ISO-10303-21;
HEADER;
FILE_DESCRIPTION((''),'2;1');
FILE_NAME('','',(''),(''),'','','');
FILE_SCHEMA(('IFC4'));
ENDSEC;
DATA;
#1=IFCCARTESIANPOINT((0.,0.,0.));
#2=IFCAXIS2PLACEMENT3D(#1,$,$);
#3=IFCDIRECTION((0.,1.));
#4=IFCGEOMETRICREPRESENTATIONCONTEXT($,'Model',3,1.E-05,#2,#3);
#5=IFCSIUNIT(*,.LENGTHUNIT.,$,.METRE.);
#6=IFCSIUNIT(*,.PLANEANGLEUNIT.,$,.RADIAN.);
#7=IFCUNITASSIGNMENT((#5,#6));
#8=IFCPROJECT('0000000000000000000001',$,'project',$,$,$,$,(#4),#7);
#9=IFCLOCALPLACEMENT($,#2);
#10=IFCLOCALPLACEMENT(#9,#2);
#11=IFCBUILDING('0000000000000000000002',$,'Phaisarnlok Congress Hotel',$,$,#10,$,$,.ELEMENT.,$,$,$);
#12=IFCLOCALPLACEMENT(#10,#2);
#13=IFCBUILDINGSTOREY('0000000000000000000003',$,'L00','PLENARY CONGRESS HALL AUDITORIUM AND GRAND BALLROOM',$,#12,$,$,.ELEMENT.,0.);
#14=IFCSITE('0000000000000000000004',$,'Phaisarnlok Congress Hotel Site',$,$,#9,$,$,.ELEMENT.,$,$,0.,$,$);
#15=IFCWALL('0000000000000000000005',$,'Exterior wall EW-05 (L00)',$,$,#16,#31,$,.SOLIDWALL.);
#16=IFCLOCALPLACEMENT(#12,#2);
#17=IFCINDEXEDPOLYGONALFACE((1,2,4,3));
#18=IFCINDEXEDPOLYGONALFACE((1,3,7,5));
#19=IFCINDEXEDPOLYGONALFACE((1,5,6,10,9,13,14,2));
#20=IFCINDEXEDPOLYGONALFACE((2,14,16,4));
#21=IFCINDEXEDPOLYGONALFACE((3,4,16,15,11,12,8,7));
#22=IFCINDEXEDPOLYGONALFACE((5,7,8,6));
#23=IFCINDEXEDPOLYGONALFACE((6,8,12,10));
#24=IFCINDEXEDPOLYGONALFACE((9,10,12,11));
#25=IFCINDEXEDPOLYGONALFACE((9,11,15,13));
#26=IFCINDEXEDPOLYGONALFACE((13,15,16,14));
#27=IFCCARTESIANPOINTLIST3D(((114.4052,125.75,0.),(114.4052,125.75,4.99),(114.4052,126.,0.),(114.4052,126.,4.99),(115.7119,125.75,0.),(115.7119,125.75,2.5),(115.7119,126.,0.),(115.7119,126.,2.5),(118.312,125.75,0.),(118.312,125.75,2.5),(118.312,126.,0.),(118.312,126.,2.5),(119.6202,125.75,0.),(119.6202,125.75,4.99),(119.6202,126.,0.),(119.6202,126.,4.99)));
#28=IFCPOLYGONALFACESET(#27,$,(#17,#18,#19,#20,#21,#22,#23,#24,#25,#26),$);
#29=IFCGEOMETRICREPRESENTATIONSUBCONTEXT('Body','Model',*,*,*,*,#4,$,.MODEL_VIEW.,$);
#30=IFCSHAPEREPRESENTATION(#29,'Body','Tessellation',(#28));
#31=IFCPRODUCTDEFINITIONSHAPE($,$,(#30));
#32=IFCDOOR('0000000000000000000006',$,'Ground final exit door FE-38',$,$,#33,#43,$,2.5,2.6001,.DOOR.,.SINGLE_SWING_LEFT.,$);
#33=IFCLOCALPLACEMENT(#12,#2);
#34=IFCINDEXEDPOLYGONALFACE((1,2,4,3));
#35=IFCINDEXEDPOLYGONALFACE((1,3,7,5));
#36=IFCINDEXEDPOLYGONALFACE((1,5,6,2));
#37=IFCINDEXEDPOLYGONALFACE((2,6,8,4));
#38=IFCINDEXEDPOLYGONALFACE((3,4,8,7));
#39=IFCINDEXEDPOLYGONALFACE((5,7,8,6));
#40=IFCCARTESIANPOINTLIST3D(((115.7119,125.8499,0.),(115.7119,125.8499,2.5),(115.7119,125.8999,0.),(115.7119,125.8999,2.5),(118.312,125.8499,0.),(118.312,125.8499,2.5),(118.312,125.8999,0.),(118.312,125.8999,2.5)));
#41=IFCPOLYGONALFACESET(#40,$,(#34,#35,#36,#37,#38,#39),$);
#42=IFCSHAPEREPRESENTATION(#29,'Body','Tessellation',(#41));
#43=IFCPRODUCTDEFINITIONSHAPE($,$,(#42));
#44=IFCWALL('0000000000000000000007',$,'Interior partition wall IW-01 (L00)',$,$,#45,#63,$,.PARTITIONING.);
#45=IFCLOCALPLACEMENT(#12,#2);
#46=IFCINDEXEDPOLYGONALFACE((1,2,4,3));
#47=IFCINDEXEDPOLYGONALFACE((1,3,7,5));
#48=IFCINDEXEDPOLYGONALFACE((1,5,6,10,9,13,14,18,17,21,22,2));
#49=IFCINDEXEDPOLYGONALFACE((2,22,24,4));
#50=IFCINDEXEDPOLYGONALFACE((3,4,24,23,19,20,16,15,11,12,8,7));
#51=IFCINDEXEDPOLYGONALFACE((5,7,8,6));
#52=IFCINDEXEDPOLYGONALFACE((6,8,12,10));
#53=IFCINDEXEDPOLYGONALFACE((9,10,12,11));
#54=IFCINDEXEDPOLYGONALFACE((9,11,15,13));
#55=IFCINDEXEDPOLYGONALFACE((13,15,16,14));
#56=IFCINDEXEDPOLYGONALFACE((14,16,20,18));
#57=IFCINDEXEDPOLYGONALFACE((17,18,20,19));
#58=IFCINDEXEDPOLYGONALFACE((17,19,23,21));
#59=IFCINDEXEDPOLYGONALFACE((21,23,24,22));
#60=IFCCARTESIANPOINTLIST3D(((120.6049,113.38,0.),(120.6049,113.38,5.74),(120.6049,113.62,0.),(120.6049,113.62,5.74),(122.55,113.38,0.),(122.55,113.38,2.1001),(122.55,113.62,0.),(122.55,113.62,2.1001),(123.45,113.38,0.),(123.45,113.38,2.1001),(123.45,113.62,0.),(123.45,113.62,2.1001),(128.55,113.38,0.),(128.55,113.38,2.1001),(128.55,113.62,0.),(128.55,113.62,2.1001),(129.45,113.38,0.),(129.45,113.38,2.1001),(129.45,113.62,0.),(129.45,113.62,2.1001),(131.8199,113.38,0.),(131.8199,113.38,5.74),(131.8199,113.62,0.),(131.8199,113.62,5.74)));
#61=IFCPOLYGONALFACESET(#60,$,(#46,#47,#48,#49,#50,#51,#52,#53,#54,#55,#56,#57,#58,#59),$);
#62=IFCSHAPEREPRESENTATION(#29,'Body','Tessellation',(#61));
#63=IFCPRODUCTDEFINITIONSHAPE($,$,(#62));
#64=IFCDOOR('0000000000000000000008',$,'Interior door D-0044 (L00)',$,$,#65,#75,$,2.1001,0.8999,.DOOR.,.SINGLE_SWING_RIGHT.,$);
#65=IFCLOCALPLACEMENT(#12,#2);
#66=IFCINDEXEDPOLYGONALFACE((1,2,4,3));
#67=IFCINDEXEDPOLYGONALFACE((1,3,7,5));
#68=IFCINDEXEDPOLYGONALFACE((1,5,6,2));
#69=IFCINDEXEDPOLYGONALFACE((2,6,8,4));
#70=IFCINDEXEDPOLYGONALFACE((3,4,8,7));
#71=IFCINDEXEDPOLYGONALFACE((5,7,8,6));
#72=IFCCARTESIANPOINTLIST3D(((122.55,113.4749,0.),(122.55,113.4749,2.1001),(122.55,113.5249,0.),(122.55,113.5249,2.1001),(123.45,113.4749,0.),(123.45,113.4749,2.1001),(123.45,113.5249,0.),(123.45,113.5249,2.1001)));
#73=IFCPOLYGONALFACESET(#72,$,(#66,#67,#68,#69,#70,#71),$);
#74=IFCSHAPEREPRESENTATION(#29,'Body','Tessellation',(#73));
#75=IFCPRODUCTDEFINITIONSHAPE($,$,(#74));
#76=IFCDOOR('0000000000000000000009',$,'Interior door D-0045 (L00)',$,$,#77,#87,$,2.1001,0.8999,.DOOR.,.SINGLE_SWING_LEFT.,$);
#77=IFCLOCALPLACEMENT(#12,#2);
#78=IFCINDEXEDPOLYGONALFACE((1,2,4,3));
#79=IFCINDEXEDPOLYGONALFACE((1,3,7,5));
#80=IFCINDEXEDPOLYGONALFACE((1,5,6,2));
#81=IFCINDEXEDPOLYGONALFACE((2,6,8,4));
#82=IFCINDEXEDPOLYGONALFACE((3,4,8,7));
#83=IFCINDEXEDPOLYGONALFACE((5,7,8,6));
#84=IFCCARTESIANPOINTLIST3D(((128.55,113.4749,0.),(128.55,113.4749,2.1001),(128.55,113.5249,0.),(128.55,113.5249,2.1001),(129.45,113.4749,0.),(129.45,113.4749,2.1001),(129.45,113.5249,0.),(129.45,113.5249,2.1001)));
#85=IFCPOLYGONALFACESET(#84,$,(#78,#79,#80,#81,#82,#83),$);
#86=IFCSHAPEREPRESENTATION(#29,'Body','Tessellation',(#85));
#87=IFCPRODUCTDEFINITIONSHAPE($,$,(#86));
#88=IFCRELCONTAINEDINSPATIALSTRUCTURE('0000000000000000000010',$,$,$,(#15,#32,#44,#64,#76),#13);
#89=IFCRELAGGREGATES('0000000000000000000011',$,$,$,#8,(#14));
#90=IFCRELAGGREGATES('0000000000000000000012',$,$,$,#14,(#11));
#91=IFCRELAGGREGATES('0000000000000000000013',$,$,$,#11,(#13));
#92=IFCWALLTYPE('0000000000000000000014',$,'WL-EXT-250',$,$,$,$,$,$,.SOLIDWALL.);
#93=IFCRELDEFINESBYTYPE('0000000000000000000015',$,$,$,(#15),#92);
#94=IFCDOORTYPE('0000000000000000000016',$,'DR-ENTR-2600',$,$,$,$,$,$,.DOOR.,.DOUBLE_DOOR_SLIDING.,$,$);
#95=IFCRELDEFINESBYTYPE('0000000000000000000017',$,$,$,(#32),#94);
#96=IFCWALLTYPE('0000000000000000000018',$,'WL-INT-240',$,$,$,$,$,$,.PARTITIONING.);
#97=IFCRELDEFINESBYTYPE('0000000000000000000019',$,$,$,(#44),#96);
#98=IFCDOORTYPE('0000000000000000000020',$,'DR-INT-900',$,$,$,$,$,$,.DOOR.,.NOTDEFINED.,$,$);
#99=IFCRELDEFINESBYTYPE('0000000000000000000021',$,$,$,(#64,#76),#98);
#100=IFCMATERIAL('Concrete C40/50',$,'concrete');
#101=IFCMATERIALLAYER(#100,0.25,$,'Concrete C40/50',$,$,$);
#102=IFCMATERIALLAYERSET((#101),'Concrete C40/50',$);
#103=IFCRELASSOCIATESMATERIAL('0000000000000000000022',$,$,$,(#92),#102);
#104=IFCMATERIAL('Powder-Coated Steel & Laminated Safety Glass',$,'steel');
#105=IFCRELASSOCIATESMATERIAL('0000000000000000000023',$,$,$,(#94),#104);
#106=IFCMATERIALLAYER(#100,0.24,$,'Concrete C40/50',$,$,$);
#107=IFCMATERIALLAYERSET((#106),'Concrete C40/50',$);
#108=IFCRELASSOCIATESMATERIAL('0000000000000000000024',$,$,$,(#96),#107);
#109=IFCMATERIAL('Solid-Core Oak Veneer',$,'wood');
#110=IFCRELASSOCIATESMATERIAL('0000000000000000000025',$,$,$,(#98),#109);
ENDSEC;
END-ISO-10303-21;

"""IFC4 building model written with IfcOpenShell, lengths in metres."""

from ifc_helpers import new_model, si_unit, direction, frame, frame_2d, origin, place, context, subcontext, project, spatial, rectangle, extrude, material, layer, layer_set, type_object, element, fill, save


model = new_model("IFC4")

# Units and contexts
model_context = context("Model", 3, precision=1e-05, world=origin(), true_north=direction((0.0, 1.0)))
body_context = subcontext(model_context, "Body", "Model", "MODEL_VIEW")
ifc_project = project(units=[si_unit("LENGTHUNIT", "METRE"), si_unit("PLANEANGLEUNIT", "RADIAN")], contexts=[model_context])

# Site, building, storey
site_placement = place(None, origin())
site = spatial("IfcSite", under=ifc_project, at=site_placement, Name="Phaisarnlok Congress Hotel Site", CompositionType="ELEMENT", RefElevation=0.0)
building_placement = place(site_placement, origin())
building = spatial("IfcBuilding", under=site, at=building_placement, Name="Phaisarnlok Congress Hotel", CompositionType="ELEMENT")
storey_placement = place(building_placement, origin())
storey = spatial("IfcBuildingStorey", under=building, at=storey_placement, Name="L00", Description="PLENARY CONGRESS HALL AUDITORIUM AND GRAND BALLROOM", CompositionType="ELEMENT", Elevation=0.0)

# Shared definitions
ifc_material_1 = material(Name="Concrete C40/50", Category="concrete")

# Wall, opening, door
ifc_layer_1 = layer(ifc_material_1, 0.25, Name="Concrete C40/50")
ifc_layer_set_1 = layer_set([ifc_layer_1], Name="Concrete C40/50")
wall_type_1 = type_object("IfcWallType", Name="WL-EXT-250", PredefinedType="SOLIDWALL", material=ifc_layer_set_1)
wall_1_placement = place(storey_placement, frame((119.6201, 125.875, 0.0), z_axis=(0.0, 0.0, 1.0), x_axis=(-1.0, 0.0, 0.0)))
wall_1 = element("IfcWall", 1, at=wall_1_placement, inside=storey, type_object=wall_type_1, Name="Exterior wall EW-05 (L00)", PredefinedType="SOLIDWALL", context=body_context, shape_type="SweptSolid", body=[
    extrude(rectangle(XDim=5.2151, YDim=0.25, at=frame_2d((2.6074, 0.0))), origin(), (0.0, 0.0, 1.0), 4.99),
])
opening_1_placement = place(wall_1_placement, frame((1.3081, 0.0, 0.0)))
opening_1 = element("IfcOpeningElement", 2, at=opening_1_placement, cuts=wall_1, PredefinedType="OPENING", context=body_context, shape_type="SweptSolid", body=[
    extrude(rectangle(XDim=2.6001, YDim=2.5, at=frame_2d((1.3, 1.25))), frame((0.0, 0.135, 0.0), z_axis=(0.0, -1.0, 0.0), x_axis=(1.0, 0.0, 0.0)), (0.0, 0.0, 1.0), 0.27),
])
ifc_material_2 = material(Name="Powder-Coated Steel & Laminated Safety Glass", Category="steel")
door_type_1 = type_object("IfcDoorType", Name="DR-ENTR-2600", OperationType="DOUBLE_DOOR_SLIDING", PredefinedType="DOOR", material=ifc_material_2)
door_1_placement = place(opening_1_placement, frame((2.6001, 0.0, 0.0), z_axis=(0.0, 0.0, 1.0), x_axis=(-1.0, 0.0, 0.0)))
door_1 = element("IfcDoor", 3, at=door_1_placement, inside=storey, type_object=door_type_1, Name="Ground final exit door FE-38", OperationType="SINGLE_SWING_LEFT", OverallHeight=2.5, OverallWidth=2.6001, PredefinedType="DOOR", context=body_context, shape_type="SweptSolid", body=[
    extrude(rectangle(XDim=2.6001, YDim=2.5, at=frame_2d((1.3, 1.25))), frame((0.0, 0.0249, 0.0), z_axis=(0.0, -1.0, 0.0), x_axis=(1.0, 0.0, 0.0)), (0.0, 0.0, 1.0), 0.05),
])
fill(opening_1, door_1)

# Wall, openings, doors
ifc_layer_2 = layer(ifc_material_1, 0.24, Name="Concrete C40/50")
ifc_layer_set_2 = layer_set([ifc_layer_2], Name="Concrete C40/50")
wall_type_2 = type_object("IfcWallType", Name="WL-INT-240", PredefinedType="PARTITIONING", material=ifc_layer_set_2)
wall_2_placement = place(storey_placement, frame((120.605, 113.5, 0.0), z_axis=(0.0, 0.0, 1.0), x_axis=(1.0, 0.0, 0.0)))
wall_2 = element("IfcWall", 4, at=wall_2_placement, inside=storey, type_object=wall_type_2, Name="Interior partition wall IW-01 (L00)", PredefinedType="PARTITIONING", context=body_context, shape_type="SweptSolid", body=[
    extrude(rectangle(XDim=11.2151, YDim=0.24, at=frame_2d((5.6074, 0.0))), origin(), (0.0, 0.0, 1.0), 5.74),
])
opening_2_placement = place(wall_2_placement, frame((1.9451, 0.0, 0.0)))
opening_2 = element("IfcOpeningElement", 5, at=opening_2_placement, cuts=wall_2, PredefinedType="OPENING", context=body_context, shape_type="SweptSolid", body=[
    extrude(rectangle(XDim=0.8999, YDim=2.1001, at=frame_2d((0.45, 1.05))), frame((0.0, 0.1299, 0.0), z_axis=(0.0, -1.0, 0.0), x_axis=(1.0, 0.0, 0.0)), (0.0, 0.0, 1.0), 0.26),
])
opening_3_placement = place(wall_2_placement, frame((7.9451, 0.0, 0.0)))
opening_3 = element("IfcOpeningElement", 6, at=opening_3_placement, cuts=wall_2, PredefinedType="OPENING", context=body_context, shape_type="SweptSolid", body=[
    extrude(rectangle(XDim=0.8999, YDim=2.1001, at=frame_2d((0.45, 1.05))), frame((0.0, 0.1299, 0.0), z_axis=(0.0, -1.0, 0.0), x_axis=(1.0, 0.0, 0.0)), (0.0, 0.0, 1.0), 0.26),
])
ifc_material_3 = material(Name="Solid-Core Oak Veneer", Category="wood")
door_type_2 = type_object("IfcDoorType", Name="DR-INT-900", OperationType="NOTDEFINED", PredefinedType="DOOR", material=ifc_material_3)
door_2_placement = place(opening_2_placement, origin())
door_2 = element("IfcDoor", 7, at=door_2_placement, inside=storey, type_object=door_type_2, Name="Interior door D-0044 (L00)", OperationType="SINGLE_SWING_RIGHT", OverallHeight=2.1001, OverallWidth=0.8999, PredefinedType="DOOR", context=body_context, shape_type="SweptSolid", body=[
    extrude(rectangle(XDim=0.8999, YDim=2.1001, at=frame_2d((0.45, 1.05))), frame((0.0, 0.0249, 0.0), z_axis=(0.0, -1.0, 0.0), x_axis=(1.0, 0.0, 0.0)), (0.0, 0.0, 1.0), 0.05),
])
fill(opening_2, door_2)
door_3_placement = place(opening_3_placement, origin())
door_3 = element("IfcDoor", 8, at=door_3_placement, inside=storey, type_object=door_type_2, Name="Interior door D-0045 (L00)", OperationType="SINGLE_SWING_LEFT", OverallHeight=2.1001, OverallWidth=0.8999, PredefinedType="DOOR", context=body_context, shape_type="SweptSolid", body=[
    extrude(rectangle(XDim=0.8999, YDim=2.1001, at=frame_2d((0.45, 1.05))), frame((0.0, 0.0249, 0.0), z_axis=(0.0, -1.0, 0.0), x_axis=(1.0, 0.0, 0.0)), (0.0, 0.0, 1.0), 0.05),
])
fill(opening_3, door_3)

save(model, "model.ifc")
